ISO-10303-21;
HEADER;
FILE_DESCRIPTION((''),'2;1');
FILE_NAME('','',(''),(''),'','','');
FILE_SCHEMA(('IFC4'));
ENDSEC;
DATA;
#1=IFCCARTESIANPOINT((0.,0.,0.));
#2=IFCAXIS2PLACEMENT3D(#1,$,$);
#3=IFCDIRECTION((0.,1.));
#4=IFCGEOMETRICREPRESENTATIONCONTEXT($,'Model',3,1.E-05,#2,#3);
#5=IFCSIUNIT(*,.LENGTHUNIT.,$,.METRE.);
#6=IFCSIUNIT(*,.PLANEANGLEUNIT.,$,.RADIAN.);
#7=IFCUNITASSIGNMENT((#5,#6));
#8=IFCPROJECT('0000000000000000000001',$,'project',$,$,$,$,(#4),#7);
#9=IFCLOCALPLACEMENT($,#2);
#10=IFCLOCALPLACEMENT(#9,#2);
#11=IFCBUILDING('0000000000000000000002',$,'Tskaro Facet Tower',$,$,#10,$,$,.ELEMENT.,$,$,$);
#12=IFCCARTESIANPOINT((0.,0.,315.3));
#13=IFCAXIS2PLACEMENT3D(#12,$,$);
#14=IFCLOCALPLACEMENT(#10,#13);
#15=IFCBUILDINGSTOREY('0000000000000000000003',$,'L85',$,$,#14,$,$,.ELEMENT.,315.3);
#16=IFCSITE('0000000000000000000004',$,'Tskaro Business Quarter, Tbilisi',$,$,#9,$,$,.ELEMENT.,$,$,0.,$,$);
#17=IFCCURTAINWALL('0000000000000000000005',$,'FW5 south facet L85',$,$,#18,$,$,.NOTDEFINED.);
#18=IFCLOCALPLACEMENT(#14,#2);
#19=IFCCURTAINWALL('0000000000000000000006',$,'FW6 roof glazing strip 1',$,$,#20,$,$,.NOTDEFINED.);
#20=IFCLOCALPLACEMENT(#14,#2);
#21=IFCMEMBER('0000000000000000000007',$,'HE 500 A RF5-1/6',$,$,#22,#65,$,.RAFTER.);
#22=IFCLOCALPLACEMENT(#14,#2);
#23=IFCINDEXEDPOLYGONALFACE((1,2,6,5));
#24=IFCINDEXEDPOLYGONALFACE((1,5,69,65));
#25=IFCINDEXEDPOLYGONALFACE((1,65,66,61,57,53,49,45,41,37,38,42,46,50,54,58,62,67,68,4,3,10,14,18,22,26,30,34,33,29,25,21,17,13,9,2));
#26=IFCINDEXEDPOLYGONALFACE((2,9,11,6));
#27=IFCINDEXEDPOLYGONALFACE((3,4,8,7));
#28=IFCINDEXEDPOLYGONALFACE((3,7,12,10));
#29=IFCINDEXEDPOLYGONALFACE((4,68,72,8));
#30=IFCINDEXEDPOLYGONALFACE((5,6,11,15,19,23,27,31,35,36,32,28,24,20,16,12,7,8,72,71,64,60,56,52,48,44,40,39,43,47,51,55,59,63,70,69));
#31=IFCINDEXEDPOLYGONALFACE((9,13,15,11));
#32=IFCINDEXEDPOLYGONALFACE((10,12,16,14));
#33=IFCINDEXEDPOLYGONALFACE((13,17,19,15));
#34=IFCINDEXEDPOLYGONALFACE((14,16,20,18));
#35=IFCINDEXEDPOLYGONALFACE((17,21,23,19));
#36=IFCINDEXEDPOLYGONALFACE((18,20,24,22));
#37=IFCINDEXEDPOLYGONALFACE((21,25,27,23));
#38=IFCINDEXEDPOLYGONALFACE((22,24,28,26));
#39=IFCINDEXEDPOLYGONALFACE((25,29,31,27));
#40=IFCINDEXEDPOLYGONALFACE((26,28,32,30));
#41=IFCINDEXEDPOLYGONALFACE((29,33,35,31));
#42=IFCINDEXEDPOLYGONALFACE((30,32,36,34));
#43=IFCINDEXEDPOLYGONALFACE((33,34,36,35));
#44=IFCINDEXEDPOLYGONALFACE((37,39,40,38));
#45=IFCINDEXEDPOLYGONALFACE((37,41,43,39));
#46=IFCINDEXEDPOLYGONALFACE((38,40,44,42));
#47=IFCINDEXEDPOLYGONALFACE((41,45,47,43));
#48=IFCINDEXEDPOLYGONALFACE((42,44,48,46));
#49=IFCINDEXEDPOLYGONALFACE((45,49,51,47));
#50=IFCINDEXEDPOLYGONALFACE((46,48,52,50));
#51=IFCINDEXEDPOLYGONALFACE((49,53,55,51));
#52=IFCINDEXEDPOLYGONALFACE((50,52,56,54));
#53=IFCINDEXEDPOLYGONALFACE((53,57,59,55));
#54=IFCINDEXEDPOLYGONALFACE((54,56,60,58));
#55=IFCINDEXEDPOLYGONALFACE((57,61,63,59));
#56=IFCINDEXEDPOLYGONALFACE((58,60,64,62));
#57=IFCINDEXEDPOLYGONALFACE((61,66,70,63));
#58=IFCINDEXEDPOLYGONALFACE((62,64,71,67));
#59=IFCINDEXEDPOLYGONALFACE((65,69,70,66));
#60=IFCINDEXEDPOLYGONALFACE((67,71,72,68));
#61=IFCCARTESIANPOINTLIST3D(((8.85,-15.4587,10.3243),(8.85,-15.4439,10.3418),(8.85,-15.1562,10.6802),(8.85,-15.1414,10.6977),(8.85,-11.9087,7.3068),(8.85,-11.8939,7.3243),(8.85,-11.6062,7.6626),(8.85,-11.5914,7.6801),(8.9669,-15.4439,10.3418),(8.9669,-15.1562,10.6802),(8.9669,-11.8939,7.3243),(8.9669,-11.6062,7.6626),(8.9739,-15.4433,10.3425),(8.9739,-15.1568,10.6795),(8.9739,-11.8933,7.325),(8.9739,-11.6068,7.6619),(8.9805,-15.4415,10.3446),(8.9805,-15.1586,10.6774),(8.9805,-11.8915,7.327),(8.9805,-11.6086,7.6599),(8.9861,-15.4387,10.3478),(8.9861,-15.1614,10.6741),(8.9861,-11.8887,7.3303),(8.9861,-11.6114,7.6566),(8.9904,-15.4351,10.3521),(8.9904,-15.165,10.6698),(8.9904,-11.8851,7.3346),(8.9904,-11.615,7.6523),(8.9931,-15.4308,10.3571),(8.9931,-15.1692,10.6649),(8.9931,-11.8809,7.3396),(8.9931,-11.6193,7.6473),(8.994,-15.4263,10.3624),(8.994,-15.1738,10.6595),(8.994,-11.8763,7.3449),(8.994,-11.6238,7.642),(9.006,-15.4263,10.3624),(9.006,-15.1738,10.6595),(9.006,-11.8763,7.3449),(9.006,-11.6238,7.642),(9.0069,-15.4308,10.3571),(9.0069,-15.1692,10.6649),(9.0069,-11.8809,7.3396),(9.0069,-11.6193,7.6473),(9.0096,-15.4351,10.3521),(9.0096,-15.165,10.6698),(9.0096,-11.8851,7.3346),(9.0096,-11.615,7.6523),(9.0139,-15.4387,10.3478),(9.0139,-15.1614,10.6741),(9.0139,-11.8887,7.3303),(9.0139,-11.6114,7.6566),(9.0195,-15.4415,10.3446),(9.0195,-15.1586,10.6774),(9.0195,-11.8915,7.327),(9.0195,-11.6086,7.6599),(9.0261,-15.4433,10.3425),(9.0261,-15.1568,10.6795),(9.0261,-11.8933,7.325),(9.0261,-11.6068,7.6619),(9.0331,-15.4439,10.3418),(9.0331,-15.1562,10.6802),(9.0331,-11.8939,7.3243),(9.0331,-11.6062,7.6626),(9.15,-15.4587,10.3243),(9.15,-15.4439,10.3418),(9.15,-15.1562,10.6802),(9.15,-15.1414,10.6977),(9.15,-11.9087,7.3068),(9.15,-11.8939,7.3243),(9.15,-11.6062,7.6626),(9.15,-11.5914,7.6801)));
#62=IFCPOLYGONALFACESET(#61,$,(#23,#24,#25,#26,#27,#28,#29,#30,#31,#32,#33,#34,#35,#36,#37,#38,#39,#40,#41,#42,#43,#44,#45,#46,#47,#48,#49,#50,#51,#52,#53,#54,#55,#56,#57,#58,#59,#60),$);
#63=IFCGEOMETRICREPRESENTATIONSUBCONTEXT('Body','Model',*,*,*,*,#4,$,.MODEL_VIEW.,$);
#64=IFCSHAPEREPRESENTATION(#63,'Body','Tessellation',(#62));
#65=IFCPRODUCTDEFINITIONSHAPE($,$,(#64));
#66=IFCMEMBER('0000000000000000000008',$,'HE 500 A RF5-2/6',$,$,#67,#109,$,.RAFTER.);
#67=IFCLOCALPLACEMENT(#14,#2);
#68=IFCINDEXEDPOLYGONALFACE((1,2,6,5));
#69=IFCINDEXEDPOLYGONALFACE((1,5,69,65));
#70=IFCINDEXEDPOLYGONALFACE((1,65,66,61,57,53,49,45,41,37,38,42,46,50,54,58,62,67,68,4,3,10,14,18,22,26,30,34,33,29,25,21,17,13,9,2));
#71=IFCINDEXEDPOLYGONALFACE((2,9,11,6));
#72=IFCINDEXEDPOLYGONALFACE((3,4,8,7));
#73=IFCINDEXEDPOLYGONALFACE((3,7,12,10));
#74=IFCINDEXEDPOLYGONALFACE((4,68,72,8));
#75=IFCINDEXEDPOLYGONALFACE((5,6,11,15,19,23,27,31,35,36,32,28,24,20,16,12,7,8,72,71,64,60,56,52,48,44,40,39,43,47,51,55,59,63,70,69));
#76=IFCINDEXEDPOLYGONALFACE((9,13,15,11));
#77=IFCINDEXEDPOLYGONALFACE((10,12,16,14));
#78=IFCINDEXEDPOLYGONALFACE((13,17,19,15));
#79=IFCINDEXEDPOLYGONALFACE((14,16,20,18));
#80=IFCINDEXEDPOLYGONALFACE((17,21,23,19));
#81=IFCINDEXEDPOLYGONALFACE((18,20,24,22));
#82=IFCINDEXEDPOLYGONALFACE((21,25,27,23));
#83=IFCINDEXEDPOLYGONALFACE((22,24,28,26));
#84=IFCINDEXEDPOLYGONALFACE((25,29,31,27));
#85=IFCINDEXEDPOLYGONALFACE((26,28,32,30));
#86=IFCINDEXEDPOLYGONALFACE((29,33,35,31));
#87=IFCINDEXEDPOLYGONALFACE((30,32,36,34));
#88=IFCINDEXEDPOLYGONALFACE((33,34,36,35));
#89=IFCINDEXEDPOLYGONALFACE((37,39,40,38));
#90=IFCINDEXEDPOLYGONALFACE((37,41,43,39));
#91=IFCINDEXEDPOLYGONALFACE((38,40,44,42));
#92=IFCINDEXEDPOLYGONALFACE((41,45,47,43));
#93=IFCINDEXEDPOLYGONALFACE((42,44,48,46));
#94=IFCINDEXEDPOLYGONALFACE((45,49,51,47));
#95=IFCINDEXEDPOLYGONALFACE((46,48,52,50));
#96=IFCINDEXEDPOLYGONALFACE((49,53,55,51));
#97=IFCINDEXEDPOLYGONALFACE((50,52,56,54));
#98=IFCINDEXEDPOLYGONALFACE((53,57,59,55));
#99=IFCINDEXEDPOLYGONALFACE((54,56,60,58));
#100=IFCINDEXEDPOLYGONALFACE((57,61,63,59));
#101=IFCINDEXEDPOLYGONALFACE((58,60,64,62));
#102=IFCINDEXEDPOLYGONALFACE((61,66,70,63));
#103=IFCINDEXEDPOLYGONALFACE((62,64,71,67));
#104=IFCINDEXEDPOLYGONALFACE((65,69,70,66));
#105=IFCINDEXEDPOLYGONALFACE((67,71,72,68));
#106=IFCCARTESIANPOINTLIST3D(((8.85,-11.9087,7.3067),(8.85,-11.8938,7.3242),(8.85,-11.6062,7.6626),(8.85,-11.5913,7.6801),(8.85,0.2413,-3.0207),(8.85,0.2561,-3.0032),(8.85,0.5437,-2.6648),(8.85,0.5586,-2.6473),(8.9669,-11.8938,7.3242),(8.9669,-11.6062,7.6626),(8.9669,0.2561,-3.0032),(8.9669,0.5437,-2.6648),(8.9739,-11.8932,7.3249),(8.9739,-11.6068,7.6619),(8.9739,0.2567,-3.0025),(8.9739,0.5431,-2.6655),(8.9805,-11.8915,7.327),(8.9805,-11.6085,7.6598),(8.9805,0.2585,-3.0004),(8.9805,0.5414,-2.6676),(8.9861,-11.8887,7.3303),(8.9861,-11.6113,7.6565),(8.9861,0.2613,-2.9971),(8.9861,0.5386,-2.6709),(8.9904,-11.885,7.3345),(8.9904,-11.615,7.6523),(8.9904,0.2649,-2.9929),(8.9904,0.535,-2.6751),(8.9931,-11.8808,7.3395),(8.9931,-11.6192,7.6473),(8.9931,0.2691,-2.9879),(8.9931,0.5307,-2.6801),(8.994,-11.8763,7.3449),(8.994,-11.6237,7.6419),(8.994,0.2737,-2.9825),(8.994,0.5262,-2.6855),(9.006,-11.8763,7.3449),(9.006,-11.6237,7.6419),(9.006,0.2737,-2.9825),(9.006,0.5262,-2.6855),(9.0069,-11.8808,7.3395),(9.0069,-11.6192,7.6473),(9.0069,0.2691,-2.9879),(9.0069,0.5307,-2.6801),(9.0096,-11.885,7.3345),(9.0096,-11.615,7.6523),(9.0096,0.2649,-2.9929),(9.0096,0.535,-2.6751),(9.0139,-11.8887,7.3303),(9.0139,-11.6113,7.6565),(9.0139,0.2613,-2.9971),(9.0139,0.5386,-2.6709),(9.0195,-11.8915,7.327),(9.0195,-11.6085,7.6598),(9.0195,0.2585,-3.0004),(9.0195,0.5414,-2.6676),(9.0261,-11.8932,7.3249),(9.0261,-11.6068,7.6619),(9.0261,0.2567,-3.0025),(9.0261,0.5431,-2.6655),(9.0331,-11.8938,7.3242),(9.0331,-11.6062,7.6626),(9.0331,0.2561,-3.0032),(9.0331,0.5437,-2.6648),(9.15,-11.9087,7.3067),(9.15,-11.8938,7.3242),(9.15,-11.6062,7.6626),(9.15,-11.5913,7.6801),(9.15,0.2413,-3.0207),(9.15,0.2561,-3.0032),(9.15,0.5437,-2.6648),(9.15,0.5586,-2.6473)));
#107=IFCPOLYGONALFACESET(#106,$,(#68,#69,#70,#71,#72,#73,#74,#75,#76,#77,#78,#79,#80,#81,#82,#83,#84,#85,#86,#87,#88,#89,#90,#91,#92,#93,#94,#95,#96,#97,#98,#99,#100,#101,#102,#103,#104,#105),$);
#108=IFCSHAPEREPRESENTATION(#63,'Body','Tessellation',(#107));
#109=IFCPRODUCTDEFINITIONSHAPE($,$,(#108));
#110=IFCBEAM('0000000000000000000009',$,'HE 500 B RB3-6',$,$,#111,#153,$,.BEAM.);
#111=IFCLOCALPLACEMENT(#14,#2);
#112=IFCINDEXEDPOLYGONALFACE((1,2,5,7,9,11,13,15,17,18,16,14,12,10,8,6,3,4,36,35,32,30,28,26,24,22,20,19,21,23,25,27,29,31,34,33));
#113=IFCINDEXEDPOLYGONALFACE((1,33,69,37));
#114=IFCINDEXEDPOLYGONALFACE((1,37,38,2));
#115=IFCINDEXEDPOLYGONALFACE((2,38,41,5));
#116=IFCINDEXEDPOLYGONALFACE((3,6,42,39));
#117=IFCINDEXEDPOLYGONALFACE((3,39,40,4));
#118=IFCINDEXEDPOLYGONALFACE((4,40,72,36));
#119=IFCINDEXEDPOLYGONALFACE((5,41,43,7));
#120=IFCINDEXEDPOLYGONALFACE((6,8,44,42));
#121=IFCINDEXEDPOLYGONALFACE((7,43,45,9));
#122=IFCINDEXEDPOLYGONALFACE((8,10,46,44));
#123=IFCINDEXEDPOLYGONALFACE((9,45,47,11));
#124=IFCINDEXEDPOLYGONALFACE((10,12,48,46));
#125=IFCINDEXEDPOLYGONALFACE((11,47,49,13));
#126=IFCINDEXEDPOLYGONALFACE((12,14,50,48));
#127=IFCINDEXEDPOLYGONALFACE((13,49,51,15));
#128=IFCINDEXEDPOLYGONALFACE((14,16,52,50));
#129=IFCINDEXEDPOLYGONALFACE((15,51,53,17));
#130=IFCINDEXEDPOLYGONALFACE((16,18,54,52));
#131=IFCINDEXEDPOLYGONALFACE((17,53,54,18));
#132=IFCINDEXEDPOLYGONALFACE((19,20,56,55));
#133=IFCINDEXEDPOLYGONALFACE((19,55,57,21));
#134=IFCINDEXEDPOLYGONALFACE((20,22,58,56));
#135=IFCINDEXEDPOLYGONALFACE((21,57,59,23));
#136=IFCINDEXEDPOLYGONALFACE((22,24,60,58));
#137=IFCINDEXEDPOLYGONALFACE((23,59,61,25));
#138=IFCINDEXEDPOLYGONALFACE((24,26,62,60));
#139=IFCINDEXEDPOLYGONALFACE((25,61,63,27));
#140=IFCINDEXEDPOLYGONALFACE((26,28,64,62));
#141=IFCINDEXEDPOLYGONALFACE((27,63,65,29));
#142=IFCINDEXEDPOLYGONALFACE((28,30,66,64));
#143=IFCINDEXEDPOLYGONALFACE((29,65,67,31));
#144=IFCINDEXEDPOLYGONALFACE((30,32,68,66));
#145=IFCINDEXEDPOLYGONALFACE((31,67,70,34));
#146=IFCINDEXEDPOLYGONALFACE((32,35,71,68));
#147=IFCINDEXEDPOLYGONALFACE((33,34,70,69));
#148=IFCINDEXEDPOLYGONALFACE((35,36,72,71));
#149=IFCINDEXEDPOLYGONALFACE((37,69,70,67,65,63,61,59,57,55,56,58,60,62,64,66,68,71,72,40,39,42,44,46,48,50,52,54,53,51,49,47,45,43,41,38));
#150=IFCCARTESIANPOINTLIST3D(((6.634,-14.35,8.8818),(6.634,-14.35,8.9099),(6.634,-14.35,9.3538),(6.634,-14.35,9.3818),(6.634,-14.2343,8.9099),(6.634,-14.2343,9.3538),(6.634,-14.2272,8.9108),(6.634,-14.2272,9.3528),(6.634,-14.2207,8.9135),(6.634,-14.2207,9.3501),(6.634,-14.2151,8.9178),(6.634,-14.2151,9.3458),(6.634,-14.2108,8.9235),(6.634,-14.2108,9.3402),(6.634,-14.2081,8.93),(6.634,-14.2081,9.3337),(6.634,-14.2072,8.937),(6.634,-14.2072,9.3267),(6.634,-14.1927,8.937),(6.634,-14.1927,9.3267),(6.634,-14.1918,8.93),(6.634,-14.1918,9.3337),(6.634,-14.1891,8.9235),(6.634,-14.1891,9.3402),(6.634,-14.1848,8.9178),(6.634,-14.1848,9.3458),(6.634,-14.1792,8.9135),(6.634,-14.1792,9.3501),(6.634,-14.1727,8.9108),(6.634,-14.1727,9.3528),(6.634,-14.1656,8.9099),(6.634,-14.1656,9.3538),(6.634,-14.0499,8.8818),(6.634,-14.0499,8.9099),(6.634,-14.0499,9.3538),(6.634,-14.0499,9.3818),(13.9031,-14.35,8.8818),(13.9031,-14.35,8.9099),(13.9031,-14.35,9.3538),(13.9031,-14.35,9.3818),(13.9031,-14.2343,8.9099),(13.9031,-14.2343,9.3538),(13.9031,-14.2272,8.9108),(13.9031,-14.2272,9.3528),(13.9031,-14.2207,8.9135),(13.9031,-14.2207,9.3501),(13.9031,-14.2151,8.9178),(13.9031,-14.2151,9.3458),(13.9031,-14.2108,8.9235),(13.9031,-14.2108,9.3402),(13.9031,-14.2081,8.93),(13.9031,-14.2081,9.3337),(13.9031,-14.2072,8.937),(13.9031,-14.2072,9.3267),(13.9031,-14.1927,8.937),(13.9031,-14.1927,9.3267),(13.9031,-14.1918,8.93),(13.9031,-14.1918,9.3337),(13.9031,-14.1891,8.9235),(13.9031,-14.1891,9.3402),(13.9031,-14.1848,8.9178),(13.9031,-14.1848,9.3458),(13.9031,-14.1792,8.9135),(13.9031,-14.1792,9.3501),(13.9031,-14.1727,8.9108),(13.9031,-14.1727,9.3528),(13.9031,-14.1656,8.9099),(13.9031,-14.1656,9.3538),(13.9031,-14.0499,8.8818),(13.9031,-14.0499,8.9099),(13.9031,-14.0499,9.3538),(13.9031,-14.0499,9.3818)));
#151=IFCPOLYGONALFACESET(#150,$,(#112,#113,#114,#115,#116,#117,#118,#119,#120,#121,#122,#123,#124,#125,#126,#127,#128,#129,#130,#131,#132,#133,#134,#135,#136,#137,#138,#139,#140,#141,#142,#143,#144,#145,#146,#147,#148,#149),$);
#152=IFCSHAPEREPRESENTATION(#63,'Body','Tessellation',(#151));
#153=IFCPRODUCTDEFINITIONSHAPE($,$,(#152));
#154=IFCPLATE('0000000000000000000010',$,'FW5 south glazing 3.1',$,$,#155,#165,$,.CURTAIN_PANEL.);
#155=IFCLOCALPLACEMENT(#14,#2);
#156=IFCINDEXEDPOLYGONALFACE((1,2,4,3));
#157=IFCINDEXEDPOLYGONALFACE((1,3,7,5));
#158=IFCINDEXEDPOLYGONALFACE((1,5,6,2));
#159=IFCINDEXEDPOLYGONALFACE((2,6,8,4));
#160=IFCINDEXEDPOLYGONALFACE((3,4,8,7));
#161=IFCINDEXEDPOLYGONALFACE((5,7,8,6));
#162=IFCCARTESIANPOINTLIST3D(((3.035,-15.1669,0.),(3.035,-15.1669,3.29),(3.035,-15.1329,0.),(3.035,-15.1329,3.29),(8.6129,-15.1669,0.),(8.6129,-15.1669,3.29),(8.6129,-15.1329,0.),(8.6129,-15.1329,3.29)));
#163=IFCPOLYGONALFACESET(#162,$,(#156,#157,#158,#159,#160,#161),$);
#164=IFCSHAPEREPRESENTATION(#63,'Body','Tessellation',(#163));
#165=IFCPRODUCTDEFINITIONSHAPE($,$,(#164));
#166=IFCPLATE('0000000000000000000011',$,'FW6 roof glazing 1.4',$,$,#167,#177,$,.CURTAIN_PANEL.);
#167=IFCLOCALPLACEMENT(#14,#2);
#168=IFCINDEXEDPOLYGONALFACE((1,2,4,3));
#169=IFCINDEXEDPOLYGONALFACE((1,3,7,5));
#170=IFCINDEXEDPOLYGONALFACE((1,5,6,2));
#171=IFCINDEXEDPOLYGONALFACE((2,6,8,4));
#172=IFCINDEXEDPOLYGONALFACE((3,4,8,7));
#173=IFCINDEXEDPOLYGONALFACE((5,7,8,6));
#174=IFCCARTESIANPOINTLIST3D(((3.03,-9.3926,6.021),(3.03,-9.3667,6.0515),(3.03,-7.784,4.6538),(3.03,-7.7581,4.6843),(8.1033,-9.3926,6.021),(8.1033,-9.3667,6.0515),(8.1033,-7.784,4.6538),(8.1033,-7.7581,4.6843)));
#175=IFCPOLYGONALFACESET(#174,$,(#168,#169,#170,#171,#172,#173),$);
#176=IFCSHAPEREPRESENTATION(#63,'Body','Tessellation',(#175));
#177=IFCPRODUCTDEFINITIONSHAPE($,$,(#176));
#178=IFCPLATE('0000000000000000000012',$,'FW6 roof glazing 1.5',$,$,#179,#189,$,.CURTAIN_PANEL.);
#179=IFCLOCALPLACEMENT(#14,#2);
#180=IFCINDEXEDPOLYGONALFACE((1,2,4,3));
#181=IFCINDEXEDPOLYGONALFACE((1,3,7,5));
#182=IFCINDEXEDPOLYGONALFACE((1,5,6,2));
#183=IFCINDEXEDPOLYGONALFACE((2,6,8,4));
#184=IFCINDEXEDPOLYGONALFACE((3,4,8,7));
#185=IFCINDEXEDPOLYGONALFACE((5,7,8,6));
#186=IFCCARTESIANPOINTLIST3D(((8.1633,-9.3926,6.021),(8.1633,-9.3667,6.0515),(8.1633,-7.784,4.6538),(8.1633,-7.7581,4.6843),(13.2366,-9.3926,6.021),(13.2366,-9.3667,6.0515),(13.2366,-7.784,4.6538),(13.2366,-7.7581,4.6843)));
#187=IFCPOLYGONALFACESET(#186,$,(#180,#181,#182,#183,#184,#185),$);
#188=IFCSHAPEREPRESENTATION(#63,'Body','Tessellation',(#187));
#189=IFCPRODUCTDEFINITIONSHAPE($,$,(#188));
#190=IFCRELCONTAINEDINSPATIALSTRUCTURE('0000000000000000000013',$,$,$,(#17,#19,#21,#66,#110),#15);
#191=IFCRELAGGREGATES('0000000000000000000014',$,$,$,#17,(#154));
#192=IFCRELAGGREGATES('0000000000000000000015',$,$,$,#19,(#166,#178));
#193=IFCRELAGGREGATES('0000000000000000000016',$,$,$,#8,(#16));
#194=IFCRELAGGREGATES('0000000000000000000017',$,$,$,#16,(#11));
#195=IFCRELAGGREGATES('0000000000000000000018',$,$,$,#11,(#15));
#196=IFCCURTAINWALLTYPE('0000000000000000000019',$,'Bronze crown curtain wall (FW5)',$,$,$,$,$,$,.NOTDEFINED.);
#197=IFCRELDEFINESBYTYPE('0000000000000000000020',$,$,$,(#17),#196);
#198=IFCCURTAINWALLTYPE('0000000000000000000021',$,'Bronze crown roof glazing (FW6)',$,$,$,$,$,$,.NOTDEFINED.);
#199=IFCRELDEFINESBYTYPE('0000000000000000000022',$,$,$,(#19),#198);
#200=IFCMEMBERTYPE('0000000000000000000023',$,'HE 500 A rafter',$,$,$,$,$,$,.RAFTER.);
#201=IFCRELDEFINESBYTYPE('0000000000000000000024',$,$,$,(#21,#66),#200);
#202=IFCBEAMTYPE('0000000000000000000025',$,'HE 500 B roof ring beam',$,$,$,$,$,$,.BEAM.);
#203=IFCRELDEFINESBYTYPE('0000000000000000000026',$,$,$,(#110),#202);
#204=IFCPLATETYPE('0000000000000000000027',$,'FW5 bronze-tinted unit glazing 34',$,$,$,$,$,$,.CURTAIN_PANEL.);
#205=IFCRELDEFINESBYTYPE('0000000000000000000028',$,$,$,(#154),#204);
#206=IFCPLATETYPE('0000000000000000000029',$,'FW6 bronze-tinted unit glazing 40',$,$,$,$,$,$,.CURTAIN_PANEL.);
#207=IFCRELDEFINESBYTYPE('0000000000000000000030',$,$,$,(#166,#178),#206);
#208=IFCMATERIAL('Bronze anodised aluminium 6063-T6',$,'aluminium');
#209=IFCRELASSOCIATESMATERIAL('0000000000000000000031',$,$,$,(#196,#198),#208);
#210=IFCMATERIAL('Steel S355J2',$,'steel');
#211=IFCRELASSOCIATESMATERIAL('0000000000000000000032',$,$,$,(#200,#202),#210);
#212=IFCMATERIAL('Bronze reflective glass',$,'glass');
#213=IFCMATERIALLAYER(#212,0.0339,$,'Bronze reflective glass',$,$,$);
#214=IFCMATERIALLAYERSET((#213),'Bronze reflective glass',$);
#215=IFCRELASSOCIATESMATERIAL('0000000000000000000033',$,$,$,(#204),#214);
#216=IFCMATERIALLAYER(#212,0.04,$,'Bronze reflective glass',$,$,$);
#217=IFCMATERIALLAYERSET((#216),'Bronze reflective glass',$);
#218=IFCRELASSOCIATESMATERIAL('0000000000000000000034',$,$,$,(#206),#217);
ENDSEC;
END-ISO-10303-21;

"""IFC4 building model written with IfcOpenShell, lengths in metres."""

from ifc_helpers import new_model, si_unit, direction, frame, origin, origin_2d, place, context, subcontext, project, spatial, polyline, rectangle, i_section, outline, extrude, material, layer, layer_set, material_profile, profile_set, type_object, element, aggregate, save


model = new_model("IFC4")

# Units and contexts
model_context = context("Model", 3, precision=1e-05, world=origin(), true_north=direction((0.0, 1.0)))
body_context = subcontext(model_context, "Body", "Model", "MODEL_VIEW")
ifc_project = project(units=[si_unit("LENGTHUNIT", "METRE"), si_unit("PLANEANGLEUNIT", "RADIAN")], contexts=[model_context])

# Site, building, storey
site_placement = place(None, origin())
site = spatial("IfcSite", under=ifc_project, at=site_placement, Name="Tskaro Business Quarter, Tbilisi", CompositionType="ELEMENT", RefElevation=0.0)
building_placement = place(site_placement, origin())
building = spatial("IfcBuilding", under=site, at=building_placement, Name="Tskaro Facet Tower", CompositionType="ELEMENT")
storey_placement = place(building_placement, frame((0.0, 0.0, 315.3)))
storey = spatial("IfcBuildingStorey", under=building, at=storey_placement, Name="L85", CompositionType="ELEMENT", Elevation=315.3)

# Curtain walls
ifc_material_1 = material(Name="Bronze anodised aluminium 6063-T6", Category="aluminium")
curtain_wall_type_1 = type_object("IfcCurtainWallType", Name="Bronze crown curtain wall (FW5)", PredefinedType="NOTDEFINED", material=ifc_material_1)
curtain_wall_1_placement = place(storey_placement, origin())
curtain_wall_1 = element("IfcCurtainWall", 1, at=curtain_wall_1_placement, inside=storey, type_object=curtain_wall_type_1, Name="FW5 south facet L85", PredefinedType="NOTDEFINED")
curtain_wall_type_2 = type_object("IfcCurtainWallType", Name="Bronze crown roof glazing (FW6)", PredefinedType="NOTDEFINED", material=ifc_material_1)
curtain_wall_2_placement = place(storey_placement, origin())
curtain_wall_2 = element("IfcCurtainWall", 2, at=curtain_wall_2_placement, inside=storey, type_object=curtain_wall_type_2, Name="FW6 roof glazing strip 1", PredefinedType="NOTDEFINED")

# Members
ifc_material_2 = material(Name="Steel S355J2", Category="steel")
ifc_material_profile_1 = material_profile(ifc_material_2, i_section(OverallWidth=0.3, OverallDepth=0.49, WebThickness=0.012, FlangeThickness=0.0229, FilletRadius=0.0271, at=origin_2d()), Name="HE 500 A")
ifc_profile_set_1 = profile_set([ifc_material_profile_1], Name="Steel S355J2")
member_type_1 = type_object("IfcMemberType", Name="HE 500 A rafter", PredefinedType="RAFTER", material=ifc_profile_set_1)
member_1_placement = place(storey_placement, frame((9.0, -15.3, 10.511), z_axis=(0.0, 0.761935, -0.647653), x_axis=(-1.0, 0.0, 0.0)))
element("IfcMember", 3, at=member_1_placement, inside=storey, type_object=member_type_1, Name="HE 500 A RF5-1/6", PredefinedType="RAFTER", context=body_context, shape_type="SweptSolid", body=[
    extrude(i_section(OverallWidth=0.3, OverallDepth=0.49, WebThickness=0.012, FlangeThickness=0.0229, FilletRadius=0.0271, at=origin_2d()), origin(), (0.0, 0.0, 1.0), 4.6592),
])
member_2_placement = place(storey_placement, frame((9.0, -11.75, 7.4934), z_axis=(0.0, 0.76194, -0.647648), x_axis=(-1.0, 0.0, 0.0)))
element("IfcMember", 4, at=member_2_placement, inside=storey, type_object=member_type_1, Name="HE 500 A RF5-2/6", PredefinedType="RAFTER", context=body_context, shape_type="SweptSolid", body=[
    extrude(i_section(OverallWidth=0.3, OverallDepth=0.49, WebThickness=0.012, FlangeThickness=0.0229, FilletRadius=0.0271, at=origin_2d()), origin(), (0.0, 0.0, 1.0), 15.946),
])

# Beam
ifc_material_profile_2 = material_profile(ifc_material_2, i_section(OverallWidth=0.3, OverallDepth=0.5, WebThickness=0.0144, FlangeThickness=0.0281, FilletRadius=0.0271, at=origin_2d()), Name="HE 500 B")
ifc_profile_set_2 = profile_set([ifc_material_profile_2], Name="Steel S355J2")
beam_type = type_object("IfcBeamType", Name="HE 500 B roof ring beam", PredefinedType="BEAM", material=ifc_profile_set_2)
beam_placement = place(storey_placement, frame((6.634, -14.2, 9.1318), z_axis=(1.0, 0.0, 0.0), x_axis=(0.0, 1.0, 0.0)))
element("IfcBeam", 5, at=beam_placement, inside=storey, type_object=beam_type, Name="HE 500 B RB3-6", PredefinedType="BEAM", context=body_context, shape_type="SweptSolid", body=[
    extrude(i_section(OverallWidth=0.3, OverallDepth=0.5, WebThickness=0.0144, FlangeThickness=0.0281, FilletRadius=0.0271, at=origin_2d()), origin(), (0.0, 0.0, 1.0), 7.269),
])

# Plates
ifc_material_3 = material(Name="Bronze reflective glass", Category="glass")
ifc_layer_1 = layer(ifc_material_3, 0.0339, Name="Bronze reflective glass")
ifc_layer_set_1 = layer_set([ifc_layer_1], Name="Bronze reflective glass")
plate_type_1 = type_object("IfcPlateType", Name="FW5 bronze-tinted unit glazing 34", PredefinedType="CURTAIN_PANEL", material=ifc_layer_set_1)
plate_1_placement = place(storey_placement, frame((5.824, -15.1499, 0.0), z_axis=(0.0, 0.0, 1.0), x_axis=(1.0, 0.0, 0.0)))
plate_1 = element("IfcPlate", 6, at=plate_1_placement, type_object=plate_type_1, Name="FW5 south glazing 3.1", PredefinedType="CURTAIN_PANEL", context=body_context, shape_type="SweptSolid", body=[
    extrude(rectangle(XDim=5.5779, YDim=0.0339, at=origin_2d()), origin(), (0.0, 0.0, 1.0), 3.29),
])
aggregate(curtain_wall_1, [plate_1])
ifc_layer_2 = layer(ifc_material_3, 0.04, Name="Bronze reflective glass")
ifc_layer_set_2 = layer_set([ifc_layer_2], Name="Bronze reflective glass")
plate_type_2 = type_object("IfcPlateType", Name="FW6 bronze-tinted unit glazing 40", PredefinedType="CURTAIN_PANEL", material=ifc_layer_set_2)
plate_2_placement = place(storey_placement, frame((3.03, -9.3667, 6.0515), z_axis=(0.0, 0.647605, 0.761976), x_axis=(1.0, 0.0, 0.0)))
plate_2 = element("IfcPlate", 7, at=plate_2_placement, type_object=plate_type_2, Name="FW6 roof glazing 1.4", PredefinedType="CURTAIN_PANEL", context=body_context, shape_type="SweptSolid", body=[
    extrude(outline(polyline([(0.0, 0.0), (5.0732, 0.0), (5.0732, 2.1111), (0.0, 2.1111), (0.0, 0.0)])), origin(), (0.0, 0.0, -1.0), 0.04),
])
plate_3_placement = place(storey_placement, frame((8.1633, -9.3667, 6.0515), z_axis=(0.0, 0.647605, 0.761976), x_axis=(1.0, 0.0, 0.0)))
plate_3 = element("IfcPlate", 8, at=plate_3_placement, type_object=plate_type_2, Name="FW6 roof glazing 1.5", PredefinedType="CURTAIN_PANEL", context=body_context, shape_type="SweptSolid", body=[
    extrude(outline(polyline([(0.0, 0.0), (5.0732, 0.0), (5.0732, 2.1111), (0.0, 2.1111), (0.0, 0.0)])), origin(), (0.0, 0.0, -1.0), 0.04),
])
aggregate(curtain_wall_2, [plate_2, plate_3])

save(model, "model.ifc")
